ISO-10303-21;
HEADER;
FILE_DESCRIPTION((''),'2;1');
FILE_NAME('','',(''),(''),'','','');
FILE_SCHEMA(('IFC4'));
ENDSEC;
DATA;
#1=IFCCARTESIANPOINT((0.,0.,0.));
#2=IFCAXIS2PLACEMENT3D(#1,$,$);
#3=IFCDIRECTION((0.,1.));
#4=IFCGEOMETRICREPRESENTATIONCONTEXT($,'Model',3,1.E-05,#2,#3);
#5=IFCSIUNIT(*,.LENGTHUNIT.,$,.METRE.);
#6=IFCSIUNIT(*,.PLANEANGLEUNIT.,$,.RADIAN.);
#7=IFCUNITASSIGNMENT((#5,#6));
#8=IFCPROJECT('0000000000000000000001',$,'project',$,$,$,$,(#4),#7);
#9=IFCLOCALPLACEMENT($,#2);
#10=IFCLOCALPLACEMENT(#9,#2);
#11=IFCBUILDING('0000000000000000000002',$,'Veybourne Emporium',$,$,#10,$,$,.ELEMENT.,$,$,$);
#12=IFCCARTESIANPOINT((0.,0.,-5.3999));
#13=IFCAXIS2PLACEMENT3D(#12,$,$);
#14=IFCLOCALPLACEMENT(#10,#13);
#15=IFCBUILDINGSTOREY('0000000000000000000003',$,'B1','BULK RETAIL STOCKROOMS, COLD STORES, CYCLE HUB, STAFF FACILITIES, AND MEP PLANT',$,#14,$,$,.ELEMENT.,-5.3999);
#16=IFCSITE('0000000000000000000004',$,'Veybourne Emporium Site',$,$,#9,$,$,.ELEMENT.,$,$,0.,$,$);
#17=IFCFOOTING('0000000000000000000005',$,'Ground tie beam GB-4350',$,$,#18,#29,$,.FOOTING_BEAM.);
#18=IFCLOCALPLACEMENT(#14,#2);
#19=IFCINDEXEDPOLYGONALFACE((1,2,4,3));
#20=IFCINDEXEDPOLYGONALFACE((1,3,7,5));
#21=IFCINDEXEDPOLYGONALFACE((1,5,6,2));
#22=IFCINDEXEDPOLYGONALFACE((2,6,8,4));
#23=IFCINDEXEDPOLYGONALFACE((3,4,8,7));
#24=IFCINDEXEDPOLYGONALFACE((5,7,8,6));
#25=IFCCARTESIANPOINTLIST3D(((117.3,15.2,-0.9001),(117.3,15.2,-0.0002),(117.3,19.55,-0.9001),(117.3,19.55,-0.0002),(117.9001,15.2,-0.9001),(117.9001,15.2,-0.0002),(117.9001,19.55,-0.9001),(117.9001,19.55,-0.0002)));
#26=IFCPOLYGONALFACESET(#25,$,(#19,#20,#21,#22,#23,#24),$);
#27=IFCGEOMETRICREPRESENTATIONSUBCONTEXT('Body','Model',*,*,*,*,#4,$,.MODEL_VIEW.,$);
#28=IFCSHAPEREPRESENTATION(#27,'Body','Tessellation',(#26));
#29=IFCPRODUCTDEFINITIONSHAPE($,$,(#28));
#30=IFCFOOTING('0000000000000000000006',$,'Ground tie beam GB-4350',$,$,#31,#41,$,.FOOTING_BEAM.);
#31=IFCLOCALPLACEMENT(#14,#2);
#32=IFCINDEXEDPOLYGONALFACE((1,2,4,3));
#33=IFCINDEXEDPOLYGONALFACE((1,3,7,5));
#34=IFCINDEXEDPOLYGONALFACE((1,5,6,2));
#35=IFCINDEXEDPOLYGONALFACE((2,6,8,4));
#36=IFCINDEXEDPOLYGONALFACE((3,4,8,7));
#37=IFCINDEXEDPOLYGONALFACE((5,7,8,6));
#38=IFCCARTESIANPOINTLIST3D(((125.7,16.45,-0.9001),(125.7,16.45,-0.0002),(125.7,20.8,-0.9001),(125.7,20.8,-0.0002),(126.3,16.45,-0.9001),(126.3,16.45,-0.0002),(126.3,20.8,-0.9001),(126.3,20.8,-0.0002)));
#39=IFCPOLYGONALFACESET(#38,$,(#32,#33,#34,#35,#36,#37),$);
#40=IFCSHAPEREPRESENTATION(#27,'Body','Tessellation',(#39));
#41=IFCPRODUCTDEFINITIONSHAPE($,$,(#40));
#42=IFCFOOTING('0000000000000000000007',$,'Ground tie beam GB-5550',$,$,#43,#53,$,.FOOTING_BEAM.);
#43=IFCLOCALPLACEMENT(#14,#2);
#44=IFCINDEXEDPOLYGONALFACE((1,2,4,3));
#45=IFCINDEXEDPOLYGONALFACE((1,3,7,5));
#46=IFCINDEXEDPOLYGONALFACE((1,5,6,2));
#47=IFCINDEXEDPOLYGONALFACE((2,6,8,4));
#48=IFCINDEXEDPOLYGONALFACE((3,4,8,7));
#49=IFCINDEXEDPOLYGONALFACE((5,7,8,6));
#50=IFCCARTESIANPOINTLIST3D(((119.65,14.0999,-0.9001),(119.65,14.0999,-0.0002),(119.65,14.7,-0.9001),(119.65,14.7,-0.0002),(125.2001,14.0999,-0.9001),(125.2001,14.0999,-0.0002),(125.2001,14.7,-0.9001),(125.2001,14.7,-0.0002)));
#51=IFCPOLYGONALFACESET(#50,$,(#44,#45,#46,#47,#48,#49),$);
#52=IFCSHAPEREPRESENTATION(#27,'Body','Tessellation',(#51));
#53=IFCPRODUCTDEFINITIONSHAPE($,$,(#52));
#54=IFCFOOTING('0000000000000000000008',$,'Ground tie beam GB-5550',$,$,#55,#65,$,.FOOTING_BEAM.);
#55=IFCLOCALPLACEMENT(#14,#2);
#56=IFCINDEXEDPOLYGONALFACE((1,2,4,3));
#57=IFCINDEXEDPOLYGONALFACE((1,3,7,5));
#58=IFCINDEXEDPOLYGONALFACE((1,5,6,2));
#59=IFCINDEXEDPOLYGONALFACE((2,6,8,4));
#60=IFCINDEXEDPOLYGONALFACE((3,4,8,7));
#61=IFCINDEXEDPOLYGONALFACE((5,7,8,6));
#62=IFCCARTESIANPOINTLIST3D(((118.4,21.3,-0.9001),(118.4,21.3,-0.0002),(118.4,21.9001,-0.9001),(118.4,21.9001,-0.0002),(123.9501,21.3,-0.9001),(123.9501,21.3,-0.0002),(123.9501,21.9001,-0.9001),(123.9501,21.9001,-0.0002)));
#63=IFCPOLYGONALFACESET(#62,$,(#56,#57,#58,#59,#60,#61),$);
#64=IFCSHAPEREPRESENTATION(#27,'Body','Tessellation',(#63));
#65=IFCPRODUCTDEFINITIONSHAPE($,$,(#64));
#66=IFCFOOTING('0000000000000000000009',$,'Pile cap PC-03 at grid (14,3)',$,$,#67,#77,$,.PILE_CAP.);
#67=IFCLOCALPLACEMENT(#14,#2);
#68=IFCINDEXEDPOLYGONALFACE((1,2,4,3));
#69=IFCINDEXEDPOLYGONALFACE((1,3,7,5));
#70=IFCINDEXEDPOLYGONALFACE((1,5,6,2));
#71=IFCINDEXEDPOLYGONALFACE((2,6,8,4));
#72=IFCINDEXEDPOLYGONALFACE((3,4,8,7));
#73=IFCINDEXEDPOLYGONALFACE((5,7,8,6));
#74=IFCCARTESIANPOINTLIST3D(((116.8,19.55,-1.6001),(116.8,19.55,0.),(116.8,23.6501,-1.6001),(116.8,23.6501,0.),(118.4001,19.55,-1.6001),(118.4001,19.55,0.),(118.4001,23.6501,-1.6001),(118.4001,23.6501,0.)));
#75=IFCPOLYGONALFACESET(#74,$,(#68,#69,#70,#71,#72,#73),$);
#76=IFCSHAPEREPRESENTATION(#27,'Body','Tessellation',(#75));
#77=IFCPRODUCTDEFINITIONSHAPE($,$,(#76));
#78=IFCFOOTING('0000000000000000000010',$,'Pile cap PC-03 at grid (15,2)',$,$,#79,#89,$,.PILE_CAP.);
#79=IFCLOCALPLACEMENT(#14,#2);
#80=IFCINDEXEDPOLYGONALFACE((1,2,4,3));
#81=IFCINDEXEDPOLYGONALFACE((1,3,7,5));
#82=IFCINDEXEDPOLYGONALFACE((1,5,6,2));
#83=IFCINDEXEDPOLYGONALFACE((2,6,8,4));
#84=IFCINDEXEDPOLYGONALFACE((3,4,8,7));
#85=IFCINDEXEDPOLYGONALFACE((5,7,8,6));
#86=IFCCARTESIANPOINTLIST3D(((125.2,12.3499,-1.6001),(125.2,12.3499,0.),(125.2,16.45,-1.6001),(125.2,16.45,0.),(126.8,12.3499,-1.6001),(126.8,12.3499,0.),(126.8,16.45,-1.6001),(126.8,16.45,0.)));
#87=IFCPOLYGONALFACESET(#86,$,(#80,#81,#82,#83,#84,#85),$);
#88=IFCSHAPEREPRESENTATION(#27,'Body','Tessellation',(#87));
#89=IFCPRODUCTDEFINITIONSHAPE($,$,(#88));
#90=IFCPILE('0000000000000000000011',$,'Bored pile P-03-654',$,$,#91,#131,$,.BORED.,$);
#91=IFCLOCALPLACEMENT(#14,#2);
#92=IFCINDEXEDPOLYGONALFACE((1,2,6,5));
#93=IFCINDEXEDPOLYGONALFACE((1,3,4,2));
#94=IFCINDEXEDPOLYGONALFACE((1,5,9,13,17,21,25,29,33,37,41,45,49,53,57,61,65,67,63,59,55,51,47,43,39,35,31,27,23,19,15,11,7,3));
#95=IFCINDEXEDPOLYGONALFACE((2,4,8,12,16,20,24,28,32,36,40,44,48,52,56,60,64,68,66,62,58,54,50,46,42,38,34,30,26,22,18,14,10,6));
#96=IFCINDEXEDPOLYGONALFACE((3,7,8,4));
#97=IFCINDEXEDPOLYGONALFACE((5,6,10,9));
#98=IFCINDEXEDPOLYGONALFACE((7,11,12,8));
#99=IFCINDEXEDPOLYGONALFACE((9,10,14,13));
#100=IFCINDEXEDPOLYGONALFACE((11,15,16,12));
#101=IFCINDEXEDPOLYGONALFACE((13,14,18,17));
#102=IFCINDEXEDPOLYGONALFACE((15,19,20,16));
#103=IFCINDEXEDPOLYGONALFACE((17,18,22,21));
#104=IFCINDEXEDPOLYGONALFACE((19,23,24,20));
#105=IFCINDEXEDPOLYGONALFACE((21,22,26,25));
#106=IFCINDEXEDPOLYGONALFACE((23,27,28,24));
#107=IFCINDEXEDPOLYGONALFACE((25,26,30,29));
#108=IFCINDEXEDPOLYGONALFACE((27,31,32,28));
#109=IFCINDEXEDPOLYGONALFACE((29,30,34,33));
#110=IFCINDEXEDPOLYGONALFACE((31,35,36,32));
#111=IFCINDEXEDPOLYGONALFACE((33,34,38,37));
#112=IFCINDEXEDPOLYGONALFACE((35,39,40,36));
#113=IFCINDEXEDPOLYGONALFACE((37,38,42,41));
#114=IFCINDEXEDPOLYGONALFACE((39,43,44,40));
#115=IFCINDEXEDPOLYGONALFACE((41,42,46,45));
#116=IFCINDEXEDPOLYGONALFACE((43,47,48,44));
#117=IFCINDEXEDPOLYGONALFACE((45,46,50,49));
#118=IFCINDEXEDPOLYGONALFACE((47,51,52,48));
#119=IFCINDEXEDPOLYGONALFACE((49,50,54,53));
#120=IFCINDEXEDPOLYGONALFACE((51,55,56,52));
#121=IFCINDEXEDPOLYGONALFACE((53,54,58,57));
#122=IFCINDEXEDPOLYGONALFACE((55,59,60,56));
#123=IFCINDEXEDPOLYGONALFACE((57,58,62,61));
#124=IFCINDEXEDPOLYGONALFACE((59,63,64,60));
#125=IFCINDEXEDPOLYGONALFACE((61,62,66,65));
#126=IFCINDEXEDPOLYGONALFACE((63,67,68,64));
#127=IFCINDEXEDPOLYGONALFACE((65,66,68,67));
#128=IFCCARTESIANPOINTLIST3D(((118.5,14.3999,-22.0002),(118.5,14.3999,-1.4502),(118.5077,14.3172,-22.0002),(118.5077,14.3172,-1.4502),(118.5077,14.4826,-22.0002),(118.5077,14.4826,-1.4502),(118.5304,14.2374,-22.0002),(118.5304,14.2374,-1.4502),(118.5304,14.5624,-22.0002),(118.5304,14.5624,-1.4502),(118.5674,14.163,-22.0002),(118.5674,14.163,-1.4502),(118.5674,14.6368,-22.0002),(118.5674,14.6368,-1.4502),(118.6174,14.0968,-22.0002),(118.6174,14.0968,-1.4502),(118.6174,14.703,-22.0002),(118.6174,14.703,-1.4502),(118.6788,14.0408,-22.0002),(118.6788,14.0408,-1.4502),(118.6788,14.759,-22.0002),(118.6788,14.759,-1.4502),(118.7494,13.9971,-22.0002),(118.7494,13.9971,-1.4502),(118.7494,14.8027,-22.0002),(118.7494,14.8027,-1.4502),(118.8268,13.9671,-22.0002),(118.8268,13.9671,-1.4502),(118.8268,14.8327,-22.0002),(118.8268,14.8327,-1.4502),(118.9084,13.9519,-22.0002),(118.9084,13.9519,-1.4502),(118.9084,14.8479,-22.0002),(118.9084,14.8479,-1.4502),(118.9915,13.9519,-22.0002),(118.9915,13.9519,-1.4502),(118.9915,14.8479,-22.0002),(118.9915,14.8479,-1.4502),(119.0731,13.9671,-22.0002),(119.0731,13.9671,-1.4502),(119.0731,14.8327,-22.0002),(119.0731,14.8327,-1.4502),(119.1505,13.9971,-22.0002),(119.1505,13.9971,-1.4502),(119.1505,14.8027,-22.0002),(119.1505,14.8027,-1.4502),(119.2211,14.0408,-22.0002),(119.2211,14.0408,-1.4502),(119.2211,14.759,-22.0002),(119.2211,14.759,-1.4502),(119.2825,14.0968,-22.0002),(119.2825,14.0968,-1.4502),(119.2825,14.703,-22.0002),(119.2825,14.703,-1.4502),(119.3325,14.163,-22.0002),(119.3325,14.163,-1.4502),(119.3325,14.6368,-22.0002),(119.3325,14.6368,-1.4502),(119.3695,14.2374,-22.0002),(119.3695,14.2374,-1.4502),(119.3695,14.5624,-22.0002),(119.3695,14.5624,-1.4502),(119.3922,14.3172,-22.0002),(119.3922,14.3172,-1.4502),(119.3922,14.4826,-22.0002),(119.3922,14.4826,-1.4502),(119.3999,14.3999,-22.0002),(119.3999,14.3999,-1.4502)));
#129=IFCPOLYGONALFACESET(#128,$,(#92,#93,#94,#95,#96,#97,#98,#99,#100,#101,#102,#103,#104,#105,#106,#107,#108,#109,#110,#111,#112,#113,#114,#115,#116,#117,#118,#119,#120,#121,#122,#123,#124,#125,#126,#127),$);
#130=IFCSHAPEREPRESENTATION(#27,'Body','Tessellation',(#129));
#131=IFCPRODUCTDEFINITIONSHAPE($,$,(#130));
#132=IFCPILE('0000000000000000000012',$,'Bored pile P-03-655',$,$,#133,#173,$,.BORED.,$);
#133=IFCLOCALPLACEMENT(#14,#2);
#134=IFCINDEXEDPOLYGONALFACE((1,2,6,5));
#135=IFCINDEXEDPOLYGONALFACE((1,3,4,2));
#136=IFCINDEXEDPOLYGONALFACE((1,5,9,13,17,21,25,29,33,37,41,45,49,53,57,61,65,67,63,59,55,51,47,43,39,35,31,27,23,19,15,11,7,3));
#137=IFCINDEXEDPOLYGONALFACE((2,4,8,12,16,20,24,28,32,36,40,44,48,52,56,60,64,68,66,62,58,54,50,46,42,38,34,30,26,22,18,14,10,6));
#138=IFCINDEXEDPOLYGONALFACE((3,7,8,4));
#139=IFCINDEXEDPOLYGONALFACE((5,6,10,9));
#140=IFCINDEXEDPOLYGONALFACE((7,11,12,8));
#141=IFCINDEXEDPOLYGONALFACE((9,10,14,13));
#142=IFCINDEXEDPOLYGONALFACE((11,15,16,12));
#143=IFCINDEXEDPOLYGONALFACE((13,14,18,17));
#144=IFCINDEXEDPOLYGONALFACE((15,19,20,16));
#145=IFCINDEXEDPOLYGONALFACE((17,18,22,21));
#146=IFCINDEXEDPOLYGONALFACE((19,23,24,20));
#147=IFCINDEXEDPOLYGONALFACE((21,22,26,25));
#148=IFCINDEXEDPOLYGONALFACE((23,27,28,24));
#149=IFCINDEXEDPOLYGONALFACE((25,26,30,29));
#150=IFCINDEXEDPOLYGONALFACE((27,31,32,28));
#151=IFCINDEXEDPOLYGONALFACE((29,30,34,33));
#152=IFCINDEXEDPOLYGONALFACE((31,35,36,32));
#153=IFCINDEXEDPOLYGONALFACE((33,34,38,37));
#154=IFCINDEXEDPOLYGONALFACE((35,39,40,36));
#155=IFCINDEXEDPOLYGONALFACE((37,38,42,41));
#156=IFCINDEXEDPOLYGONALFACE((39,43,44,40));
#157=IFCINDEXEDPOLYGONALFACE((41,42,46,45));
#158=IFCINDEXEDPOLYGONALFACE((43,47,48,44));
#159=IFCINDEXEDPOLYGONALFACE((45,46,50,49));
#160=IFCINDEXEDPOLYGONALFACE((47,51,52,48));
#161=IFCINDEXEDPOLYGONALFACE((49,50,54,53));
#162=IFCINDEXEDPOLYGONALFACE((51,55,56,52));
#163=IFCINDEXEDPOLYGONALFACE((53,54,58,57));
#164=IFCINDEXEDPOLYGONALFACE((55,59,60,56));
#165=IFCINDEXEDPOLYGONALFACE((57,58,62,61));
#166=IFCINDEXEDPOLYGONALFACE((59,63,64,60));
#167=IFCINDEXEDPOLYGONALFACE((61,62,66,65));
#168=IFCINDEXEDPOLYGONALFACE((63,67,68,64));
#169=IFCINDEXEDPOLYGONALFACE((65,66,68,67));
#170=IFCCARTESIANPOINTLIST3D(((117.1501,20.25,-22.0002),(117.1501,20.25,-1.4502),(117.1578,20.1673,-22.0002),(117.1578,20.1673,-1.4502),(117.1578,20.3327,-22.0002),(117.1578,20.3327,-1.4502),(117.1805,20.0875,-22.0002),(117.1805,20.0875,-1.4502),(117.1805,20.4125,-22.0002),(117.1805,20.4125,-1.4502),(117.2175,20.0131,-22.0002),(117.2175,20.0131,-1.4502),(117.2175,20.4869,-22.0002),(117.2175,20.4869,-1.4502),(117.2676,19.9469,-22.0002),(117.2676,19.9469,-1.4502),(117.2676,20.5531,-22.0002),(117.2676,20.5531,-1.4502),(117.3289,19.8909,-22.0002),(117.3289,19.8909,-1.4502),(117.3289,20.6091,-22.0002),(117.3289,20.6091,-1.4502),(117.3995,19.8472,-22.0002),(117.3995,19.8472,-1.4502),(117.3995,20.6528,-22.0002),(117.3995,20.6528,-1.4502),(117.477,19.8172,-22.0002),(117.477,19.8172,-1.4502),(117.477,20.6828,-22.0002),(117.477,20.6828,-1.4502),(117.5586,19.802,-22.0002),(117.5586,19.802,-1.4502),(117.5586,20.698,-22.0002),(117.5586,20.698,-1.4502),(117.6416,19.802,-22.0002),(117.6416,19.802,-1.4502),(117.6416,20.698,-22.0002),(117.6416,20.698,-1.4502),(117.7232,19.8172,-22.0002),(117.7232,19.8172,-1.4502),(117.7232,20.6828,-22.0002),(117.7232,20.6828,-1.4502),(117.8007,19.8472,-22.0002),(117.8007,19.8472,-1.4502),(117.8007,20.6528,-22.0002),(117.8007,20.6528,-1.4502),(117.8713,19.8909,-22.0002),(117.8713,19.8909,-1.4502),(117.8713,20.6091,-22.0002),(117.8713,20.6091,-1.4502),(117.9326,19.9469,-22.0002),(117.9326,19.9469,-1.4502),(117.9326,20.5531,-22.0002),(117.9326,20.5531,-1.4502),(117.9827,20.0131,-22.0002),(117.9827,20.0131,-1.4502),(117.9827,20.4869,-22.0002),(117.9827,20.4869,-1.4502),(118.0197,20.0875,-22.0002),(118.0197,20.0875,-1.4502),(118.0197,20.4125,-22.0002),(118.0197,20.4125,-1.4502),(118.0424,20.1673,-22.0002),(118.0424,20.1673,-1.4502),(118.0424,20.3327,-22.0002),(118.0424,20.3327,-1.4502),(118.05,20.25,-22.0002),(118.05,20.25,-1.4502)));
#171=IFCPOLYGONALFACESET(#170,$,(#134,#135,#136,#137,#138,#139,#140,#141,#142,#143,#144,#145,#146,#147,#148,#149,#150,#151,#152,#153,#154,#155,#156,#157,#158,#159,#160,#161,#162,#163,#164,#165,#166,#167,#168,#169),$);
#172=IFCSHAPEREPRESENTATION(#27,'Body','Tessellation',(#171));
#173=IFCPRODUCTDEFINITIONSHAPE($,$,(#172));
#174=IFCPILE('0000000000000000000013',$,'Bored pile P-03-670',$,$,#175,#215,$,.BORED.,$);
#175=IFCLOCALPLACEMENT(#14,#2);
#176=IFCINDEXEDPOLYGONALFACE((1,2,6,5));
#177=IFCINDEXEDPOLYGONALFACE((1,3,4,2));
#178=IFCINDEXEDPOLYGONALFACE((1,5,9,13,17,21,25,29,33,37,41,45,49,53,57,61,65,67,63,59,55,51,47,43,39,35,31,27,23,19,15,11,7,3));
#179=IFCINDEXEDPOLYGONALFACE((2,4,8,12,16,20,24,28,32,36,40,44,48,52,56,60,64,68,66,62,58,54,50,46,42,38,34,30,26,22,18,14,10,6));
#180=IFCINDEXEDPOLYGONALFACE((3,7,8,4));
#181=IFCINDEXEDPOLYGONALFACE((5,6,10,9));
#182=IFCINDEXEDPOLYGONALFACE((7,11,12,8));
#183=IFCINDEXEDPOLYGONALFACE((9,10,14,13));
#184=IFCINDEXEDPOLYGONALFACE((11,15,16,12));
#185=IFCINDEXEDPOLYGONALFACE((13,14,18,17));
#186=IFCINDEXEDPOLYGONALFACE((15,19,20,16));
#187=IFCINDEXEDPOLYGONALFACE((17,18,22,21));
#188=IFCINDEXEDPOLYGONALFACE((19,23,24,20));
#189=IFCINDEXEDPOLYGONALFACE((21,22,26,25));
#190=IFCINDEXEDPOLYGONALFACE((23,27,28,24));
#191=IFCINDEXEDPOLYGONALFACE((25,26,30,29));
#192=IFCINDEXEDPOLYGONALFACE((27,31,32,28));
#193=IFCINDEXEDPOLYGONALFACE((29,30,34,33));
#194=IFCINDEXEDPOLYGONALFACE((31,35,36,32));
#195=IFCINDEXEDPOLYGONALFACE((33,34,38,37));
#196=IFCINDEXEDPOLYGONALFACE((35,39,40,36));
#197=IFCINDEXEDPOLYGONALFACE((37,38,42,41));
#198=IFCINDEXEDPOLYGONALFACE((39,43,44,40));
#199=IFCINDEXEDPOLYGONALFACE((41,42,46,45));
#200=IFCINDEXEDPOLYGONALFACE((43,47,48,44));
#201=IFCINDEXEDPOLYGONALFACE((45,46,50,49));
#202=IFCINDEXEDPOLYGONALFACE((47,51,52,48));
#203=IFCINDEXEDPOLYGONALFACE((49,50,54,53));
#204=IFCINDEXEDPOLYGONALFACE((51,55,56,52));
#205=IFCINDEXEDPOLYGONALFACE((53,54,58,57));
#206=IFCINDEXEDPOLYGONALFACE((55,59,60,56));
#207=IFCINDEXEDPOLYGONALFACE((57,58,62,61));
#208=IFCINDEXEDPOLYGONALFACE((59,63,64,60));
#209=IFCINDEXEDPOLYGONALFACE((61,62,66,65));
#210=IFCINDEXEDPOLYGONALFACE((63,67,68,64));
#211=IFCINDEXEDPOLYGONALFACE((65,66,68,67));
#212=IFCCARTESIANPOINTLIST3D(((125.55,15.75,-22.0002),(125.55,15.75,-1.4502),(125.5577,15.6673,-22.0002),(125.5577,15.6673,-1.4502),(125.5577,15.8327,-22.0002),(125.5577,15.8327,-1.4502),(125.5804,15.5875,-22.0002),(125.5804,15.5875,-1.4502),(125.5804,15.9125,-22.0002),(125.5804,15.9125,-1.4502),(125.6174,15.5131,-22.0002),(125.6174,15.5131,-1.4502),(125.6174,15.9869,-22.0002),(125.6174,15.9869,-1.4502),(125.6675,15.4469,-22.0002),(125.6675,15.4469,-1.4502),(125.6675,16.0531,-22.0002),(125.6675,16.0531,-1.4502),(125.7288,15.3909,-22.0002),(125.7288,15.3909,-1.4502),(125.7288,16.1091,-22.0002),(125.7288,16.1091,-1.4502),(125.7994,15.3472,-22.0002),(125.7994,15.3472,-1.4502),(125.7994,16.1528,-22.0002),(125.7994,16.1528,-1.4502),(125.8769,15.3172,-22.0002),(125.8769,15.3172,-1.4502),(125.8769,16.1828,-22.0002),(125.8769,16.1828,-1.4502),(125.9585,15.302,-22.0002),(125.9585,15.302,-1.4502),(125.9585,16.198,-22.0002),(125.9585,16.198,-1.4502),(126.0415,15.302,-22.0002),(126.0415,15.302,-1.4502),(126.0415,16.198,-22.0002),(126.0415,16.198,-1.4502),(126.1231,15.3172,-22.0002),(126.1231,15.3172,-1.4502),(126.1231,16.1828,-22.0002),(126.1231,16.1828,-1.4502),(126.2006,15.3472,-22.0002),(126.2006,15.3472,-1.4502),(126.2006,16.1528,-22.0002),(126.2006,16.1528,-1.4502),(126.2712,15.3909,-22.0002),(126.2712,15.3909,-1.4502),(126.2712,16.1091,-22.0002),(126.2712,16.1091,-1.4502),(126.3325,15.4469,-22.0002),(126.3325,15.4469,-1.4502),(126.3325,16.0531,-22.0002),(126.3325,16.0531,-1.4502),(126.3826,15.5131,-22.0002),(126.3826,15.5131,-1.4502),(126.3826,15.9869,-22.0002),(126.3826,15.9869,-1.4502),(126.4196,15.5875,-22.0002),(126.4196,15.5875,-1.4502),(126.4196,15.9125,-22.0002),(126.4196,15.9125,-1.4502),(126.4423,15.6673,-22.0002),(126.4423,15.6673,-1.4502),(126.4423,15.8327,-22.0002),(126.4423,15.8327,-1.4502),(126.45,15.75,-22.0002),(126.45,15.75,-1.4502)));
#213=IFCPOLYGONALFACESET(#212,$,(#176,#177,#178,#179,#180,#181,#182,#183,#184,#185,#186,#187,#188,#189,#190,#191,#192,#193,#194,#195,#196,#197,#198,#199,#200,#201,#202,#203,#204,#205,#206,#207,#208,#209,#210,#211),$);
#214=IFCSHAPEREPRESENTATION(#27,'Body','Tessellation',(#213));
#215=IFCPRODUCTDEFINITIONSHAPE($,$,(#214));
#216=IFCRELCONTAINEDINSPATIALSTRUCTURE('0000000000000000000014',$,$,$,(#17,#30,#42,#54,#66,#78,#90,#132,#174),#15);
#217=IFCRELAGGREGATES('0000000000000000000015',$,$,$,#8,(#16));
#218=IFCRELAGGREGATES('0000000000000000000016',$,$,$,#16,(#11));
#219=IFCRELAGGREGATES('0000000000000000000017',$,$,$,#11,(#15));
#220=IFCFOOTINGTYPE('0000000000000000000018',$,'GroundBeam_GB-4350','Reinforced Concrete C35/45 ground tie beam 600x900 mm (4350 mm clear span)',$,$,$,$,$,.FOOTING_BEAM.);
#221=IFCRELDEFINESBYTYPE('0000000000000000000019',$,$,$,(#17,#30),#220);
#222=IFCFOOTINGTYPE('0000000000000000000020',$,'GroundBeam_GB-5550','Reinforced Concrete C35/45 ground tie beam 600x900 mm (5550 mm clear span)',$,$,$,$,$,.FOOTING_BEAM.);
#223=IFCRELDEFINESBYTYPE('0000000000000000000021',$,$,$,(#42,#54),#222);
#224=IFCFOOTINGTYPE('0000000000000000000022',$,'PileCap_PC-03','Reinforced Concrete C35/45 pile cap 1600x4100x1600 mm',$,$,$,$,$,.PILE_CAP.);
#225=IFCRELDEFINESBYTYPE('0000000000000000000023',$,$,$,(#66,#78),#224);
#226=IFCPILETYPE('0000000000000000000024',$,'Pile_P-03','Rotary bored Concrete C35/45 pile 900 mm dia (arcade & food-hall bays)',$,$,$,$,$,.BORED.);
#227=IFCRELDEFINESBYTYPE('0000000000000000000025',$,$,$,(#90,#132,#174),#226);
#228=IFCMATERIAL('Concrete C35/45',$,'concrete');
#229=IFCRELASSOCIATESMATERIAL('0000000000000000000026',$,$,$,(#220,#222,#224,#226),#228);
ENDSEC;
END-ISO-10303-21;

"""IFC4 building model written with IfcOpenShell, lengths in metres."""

from ifc_helpers import new_model, si_unit, direction, frame, origin, origin_2d, place, context, subcontext, project, spatial, rectangle, circle, extrude, material, material_profile, profile_set, type_object, element, save


model = new_model("IFC4")

# Units and contexts
model_context = context("Model", 3, precision=1e-05, world=origin(), true_north=direction((0.0, 1.0)))
body_context = subcontext(model_context, "Body", "Model", "MODEL_VIEW")
ifc_project = project(units=[si_unit("LENGTHUNIT", "METRE"), si_unit("PLANEANGLEUNIT", "RADIAN")], contexts=[model_context])

# Site, building, storey
site_placement = place(None, origin())
site = spatial("IfcSite", under=ifc_project, at=site_placement, Name="Veybourne Emporium Site", CompositionType="ELEMENT", RefElevation=0.0)
building_placement = place(site_placement, origin())
building = spatial("IfcBuilding", under=site, at=building_placement, Name="Veybourne Emporium", CompositionType="ELEMENT")
storey_placement = place(building_placement, frame((0.0, 0.0, -5.3999)))
storey = spatial("IfcBuildingStorey", under=building, at=storey_placement, Name="B1", Description="BULK RETAIL STOCKROOMS, COLD STORES, CYCLE HUB, STAFF FACILITIES, AND MEP PLANT", CompositionType="ELEMENT", Elevation=-5.3999)

# Footings
ifc_material_1 = material(Name="Concrete C35/45", Category="concrete")
footing_type_1 = type_object("IfcFootingType", Name="GroundBeam_GB-4350", Description="Reinforced Concrete C35/45 ground tie beam 600x900 mm (4350 mm clear span)", PredefinedType="FOOTING_BEAM", material=ifc_material_1)
for number, where, z_axis, x_axis, name in (
    (1, (117.6001, 17.375, -0.9001), (0.0, 0.0, 1.0), (0.0, 1.0, 0.0), "Ground tie beam GB-4350"),
    (2, (126.0, 18.625, -0.9001), (0.0, 0.0, 1.0), (0.0, 1.0, 0.0), "Ground tie beam GB-4350"),
):
    element("IfcFooting", number, at=place(storey_placement, frame(where, z_axis=z_axis, x_axis=x_axis)), inside=storey, type_object=footing_type_1, Name=name, PredefinedType="FOOTING_BEAM", context=body_context, shape_type="SweptSolid", body=[
        extrude(rectangle(XDim=4.3501, YDim=0.6001, at=origin_2d()), origin(), (0.0, 0.0, 1.0), 0.8999),
    ])
footing_type_2 = type_object("IfcFootingType", Name="GroundBeam_GB-5550", Description="Reinforced Concrete C35/45 ground tie beam 600x900 mm (5550 mm clear span)", PredefinedType="FOOTING_BEAM", material=ifc_material_1)
for number, where, z_axis, x_axis, name in (
    (3, (122.425, 14.3999, -0.9001), (0.0, 0.0, 1.0), (1.0, 0.0, 0.0), "Ground tie beam GB-5550"),
    (4, (121.175, 21.6001, -0.9001), (0.0, 0.0, 1.0), (1.0, 0.0, 0.0), "Ground tie beam GB-5550"),
):
    element("IfcFooting", number, at=place(storey_placement, frame(where, z_axis=z_axis, x_axis=x_axis)), inside=storey, type_object=footing_type_2, Name=name, PredefinedType="FOOTING_BEAM", context=body_context, shape_type="SweptSolid", body=[
        extrude(rectangle(XDim=5.55, YDim=0.6001, at=origin_2d()), origin(), (0.0, 0.0, 1.0), 0.8999),
    ])
footing_type_3 = type_object("IfcFootingType", Name="PileCap_PC-03", Description="Reinforced Concrete C35/45 pile cap 1600x4100x1600 mm", PredefinedType="PILE_CAP", material=ifc_material_1)
for number, where, z_axis, x_axis, name in (
    (5, (117.6001, 21.6001, -1.6001), (0.0, 0.0, 1.0), (1.0, 0.0, 0.0), "Pile cap PC-03 at grid (14,3)"),
    (6, (126.0, 14.3999, -1.6001), (0.0, 0.0, 1.0), (1.0, 0.0, 0.0), "Pile cap PC-03 at grid (15,2)"),
):
    element("IfcFooting", number, at=place(storey_placement, frame(where, z_axis=z_axis, x_axis=x_axis)), inside=storey, type_object=footing_type_3, Name=name, PredefinedType="PILE_CAP", context=body_context, shape_type="SweptSolid", body=[
        extrude(rectangle(XDim=1.6001, YDim=4.1001, at=origin_2d()), origin(), (0.0, 0.0, 1.0), 1.6001),
    ])

# Piles
ifc_material_profile_1 = material_profile(ifc_material_1, circle(Radius=0.45, at=origin_2d()), Name="BORED PILE 900")
ifc_profile_set_1 = profile_set([ifc_material_profile_1], Name="Concrete C35/45")
pile_type = type_object("IfcPileType", Name="Pile_P-03", Description="Rotary bored Concrete C35/45 pile 900 mm dia (arcade & food-hall bays)", PredefinedType="BORED", material=ifc_profile_set_1)
for number, where, z_axis, x_axis, name in (
    (7, (118.95, 14.3999, -1.4502), (0.0, 0.0, -1.0), (1.0, 0.0, 0.0), "Bored pile P-03-654"),
    (8, (117.6001, 20.25, -1.4502), (0.0, 0.0, -1.0), (1.0, 0.0, 0.0), "Bored pile P-03-655"),
    (9, (126.0, 15.75, -1.4502), (0.0, 0.0, -1.0), (1.0, 0.0, 0.0), "Bored pile P-03-670"),
):
    element("IfcPile", number, at=place(storey_placement, frame(where, z_axis=z_axis, x_axis=x_axis)), inside=storey, type_object=pile_type, Name=name, PredefinedType="BORED", context=body_context, shape_type="SweptSolid", body=[
        extrude(circle(Radius=0.45, at=origin_2d()), origin(), (0.0, 0.0, 1.0), 20.55),
    ])

save(model, "model.ifc")
